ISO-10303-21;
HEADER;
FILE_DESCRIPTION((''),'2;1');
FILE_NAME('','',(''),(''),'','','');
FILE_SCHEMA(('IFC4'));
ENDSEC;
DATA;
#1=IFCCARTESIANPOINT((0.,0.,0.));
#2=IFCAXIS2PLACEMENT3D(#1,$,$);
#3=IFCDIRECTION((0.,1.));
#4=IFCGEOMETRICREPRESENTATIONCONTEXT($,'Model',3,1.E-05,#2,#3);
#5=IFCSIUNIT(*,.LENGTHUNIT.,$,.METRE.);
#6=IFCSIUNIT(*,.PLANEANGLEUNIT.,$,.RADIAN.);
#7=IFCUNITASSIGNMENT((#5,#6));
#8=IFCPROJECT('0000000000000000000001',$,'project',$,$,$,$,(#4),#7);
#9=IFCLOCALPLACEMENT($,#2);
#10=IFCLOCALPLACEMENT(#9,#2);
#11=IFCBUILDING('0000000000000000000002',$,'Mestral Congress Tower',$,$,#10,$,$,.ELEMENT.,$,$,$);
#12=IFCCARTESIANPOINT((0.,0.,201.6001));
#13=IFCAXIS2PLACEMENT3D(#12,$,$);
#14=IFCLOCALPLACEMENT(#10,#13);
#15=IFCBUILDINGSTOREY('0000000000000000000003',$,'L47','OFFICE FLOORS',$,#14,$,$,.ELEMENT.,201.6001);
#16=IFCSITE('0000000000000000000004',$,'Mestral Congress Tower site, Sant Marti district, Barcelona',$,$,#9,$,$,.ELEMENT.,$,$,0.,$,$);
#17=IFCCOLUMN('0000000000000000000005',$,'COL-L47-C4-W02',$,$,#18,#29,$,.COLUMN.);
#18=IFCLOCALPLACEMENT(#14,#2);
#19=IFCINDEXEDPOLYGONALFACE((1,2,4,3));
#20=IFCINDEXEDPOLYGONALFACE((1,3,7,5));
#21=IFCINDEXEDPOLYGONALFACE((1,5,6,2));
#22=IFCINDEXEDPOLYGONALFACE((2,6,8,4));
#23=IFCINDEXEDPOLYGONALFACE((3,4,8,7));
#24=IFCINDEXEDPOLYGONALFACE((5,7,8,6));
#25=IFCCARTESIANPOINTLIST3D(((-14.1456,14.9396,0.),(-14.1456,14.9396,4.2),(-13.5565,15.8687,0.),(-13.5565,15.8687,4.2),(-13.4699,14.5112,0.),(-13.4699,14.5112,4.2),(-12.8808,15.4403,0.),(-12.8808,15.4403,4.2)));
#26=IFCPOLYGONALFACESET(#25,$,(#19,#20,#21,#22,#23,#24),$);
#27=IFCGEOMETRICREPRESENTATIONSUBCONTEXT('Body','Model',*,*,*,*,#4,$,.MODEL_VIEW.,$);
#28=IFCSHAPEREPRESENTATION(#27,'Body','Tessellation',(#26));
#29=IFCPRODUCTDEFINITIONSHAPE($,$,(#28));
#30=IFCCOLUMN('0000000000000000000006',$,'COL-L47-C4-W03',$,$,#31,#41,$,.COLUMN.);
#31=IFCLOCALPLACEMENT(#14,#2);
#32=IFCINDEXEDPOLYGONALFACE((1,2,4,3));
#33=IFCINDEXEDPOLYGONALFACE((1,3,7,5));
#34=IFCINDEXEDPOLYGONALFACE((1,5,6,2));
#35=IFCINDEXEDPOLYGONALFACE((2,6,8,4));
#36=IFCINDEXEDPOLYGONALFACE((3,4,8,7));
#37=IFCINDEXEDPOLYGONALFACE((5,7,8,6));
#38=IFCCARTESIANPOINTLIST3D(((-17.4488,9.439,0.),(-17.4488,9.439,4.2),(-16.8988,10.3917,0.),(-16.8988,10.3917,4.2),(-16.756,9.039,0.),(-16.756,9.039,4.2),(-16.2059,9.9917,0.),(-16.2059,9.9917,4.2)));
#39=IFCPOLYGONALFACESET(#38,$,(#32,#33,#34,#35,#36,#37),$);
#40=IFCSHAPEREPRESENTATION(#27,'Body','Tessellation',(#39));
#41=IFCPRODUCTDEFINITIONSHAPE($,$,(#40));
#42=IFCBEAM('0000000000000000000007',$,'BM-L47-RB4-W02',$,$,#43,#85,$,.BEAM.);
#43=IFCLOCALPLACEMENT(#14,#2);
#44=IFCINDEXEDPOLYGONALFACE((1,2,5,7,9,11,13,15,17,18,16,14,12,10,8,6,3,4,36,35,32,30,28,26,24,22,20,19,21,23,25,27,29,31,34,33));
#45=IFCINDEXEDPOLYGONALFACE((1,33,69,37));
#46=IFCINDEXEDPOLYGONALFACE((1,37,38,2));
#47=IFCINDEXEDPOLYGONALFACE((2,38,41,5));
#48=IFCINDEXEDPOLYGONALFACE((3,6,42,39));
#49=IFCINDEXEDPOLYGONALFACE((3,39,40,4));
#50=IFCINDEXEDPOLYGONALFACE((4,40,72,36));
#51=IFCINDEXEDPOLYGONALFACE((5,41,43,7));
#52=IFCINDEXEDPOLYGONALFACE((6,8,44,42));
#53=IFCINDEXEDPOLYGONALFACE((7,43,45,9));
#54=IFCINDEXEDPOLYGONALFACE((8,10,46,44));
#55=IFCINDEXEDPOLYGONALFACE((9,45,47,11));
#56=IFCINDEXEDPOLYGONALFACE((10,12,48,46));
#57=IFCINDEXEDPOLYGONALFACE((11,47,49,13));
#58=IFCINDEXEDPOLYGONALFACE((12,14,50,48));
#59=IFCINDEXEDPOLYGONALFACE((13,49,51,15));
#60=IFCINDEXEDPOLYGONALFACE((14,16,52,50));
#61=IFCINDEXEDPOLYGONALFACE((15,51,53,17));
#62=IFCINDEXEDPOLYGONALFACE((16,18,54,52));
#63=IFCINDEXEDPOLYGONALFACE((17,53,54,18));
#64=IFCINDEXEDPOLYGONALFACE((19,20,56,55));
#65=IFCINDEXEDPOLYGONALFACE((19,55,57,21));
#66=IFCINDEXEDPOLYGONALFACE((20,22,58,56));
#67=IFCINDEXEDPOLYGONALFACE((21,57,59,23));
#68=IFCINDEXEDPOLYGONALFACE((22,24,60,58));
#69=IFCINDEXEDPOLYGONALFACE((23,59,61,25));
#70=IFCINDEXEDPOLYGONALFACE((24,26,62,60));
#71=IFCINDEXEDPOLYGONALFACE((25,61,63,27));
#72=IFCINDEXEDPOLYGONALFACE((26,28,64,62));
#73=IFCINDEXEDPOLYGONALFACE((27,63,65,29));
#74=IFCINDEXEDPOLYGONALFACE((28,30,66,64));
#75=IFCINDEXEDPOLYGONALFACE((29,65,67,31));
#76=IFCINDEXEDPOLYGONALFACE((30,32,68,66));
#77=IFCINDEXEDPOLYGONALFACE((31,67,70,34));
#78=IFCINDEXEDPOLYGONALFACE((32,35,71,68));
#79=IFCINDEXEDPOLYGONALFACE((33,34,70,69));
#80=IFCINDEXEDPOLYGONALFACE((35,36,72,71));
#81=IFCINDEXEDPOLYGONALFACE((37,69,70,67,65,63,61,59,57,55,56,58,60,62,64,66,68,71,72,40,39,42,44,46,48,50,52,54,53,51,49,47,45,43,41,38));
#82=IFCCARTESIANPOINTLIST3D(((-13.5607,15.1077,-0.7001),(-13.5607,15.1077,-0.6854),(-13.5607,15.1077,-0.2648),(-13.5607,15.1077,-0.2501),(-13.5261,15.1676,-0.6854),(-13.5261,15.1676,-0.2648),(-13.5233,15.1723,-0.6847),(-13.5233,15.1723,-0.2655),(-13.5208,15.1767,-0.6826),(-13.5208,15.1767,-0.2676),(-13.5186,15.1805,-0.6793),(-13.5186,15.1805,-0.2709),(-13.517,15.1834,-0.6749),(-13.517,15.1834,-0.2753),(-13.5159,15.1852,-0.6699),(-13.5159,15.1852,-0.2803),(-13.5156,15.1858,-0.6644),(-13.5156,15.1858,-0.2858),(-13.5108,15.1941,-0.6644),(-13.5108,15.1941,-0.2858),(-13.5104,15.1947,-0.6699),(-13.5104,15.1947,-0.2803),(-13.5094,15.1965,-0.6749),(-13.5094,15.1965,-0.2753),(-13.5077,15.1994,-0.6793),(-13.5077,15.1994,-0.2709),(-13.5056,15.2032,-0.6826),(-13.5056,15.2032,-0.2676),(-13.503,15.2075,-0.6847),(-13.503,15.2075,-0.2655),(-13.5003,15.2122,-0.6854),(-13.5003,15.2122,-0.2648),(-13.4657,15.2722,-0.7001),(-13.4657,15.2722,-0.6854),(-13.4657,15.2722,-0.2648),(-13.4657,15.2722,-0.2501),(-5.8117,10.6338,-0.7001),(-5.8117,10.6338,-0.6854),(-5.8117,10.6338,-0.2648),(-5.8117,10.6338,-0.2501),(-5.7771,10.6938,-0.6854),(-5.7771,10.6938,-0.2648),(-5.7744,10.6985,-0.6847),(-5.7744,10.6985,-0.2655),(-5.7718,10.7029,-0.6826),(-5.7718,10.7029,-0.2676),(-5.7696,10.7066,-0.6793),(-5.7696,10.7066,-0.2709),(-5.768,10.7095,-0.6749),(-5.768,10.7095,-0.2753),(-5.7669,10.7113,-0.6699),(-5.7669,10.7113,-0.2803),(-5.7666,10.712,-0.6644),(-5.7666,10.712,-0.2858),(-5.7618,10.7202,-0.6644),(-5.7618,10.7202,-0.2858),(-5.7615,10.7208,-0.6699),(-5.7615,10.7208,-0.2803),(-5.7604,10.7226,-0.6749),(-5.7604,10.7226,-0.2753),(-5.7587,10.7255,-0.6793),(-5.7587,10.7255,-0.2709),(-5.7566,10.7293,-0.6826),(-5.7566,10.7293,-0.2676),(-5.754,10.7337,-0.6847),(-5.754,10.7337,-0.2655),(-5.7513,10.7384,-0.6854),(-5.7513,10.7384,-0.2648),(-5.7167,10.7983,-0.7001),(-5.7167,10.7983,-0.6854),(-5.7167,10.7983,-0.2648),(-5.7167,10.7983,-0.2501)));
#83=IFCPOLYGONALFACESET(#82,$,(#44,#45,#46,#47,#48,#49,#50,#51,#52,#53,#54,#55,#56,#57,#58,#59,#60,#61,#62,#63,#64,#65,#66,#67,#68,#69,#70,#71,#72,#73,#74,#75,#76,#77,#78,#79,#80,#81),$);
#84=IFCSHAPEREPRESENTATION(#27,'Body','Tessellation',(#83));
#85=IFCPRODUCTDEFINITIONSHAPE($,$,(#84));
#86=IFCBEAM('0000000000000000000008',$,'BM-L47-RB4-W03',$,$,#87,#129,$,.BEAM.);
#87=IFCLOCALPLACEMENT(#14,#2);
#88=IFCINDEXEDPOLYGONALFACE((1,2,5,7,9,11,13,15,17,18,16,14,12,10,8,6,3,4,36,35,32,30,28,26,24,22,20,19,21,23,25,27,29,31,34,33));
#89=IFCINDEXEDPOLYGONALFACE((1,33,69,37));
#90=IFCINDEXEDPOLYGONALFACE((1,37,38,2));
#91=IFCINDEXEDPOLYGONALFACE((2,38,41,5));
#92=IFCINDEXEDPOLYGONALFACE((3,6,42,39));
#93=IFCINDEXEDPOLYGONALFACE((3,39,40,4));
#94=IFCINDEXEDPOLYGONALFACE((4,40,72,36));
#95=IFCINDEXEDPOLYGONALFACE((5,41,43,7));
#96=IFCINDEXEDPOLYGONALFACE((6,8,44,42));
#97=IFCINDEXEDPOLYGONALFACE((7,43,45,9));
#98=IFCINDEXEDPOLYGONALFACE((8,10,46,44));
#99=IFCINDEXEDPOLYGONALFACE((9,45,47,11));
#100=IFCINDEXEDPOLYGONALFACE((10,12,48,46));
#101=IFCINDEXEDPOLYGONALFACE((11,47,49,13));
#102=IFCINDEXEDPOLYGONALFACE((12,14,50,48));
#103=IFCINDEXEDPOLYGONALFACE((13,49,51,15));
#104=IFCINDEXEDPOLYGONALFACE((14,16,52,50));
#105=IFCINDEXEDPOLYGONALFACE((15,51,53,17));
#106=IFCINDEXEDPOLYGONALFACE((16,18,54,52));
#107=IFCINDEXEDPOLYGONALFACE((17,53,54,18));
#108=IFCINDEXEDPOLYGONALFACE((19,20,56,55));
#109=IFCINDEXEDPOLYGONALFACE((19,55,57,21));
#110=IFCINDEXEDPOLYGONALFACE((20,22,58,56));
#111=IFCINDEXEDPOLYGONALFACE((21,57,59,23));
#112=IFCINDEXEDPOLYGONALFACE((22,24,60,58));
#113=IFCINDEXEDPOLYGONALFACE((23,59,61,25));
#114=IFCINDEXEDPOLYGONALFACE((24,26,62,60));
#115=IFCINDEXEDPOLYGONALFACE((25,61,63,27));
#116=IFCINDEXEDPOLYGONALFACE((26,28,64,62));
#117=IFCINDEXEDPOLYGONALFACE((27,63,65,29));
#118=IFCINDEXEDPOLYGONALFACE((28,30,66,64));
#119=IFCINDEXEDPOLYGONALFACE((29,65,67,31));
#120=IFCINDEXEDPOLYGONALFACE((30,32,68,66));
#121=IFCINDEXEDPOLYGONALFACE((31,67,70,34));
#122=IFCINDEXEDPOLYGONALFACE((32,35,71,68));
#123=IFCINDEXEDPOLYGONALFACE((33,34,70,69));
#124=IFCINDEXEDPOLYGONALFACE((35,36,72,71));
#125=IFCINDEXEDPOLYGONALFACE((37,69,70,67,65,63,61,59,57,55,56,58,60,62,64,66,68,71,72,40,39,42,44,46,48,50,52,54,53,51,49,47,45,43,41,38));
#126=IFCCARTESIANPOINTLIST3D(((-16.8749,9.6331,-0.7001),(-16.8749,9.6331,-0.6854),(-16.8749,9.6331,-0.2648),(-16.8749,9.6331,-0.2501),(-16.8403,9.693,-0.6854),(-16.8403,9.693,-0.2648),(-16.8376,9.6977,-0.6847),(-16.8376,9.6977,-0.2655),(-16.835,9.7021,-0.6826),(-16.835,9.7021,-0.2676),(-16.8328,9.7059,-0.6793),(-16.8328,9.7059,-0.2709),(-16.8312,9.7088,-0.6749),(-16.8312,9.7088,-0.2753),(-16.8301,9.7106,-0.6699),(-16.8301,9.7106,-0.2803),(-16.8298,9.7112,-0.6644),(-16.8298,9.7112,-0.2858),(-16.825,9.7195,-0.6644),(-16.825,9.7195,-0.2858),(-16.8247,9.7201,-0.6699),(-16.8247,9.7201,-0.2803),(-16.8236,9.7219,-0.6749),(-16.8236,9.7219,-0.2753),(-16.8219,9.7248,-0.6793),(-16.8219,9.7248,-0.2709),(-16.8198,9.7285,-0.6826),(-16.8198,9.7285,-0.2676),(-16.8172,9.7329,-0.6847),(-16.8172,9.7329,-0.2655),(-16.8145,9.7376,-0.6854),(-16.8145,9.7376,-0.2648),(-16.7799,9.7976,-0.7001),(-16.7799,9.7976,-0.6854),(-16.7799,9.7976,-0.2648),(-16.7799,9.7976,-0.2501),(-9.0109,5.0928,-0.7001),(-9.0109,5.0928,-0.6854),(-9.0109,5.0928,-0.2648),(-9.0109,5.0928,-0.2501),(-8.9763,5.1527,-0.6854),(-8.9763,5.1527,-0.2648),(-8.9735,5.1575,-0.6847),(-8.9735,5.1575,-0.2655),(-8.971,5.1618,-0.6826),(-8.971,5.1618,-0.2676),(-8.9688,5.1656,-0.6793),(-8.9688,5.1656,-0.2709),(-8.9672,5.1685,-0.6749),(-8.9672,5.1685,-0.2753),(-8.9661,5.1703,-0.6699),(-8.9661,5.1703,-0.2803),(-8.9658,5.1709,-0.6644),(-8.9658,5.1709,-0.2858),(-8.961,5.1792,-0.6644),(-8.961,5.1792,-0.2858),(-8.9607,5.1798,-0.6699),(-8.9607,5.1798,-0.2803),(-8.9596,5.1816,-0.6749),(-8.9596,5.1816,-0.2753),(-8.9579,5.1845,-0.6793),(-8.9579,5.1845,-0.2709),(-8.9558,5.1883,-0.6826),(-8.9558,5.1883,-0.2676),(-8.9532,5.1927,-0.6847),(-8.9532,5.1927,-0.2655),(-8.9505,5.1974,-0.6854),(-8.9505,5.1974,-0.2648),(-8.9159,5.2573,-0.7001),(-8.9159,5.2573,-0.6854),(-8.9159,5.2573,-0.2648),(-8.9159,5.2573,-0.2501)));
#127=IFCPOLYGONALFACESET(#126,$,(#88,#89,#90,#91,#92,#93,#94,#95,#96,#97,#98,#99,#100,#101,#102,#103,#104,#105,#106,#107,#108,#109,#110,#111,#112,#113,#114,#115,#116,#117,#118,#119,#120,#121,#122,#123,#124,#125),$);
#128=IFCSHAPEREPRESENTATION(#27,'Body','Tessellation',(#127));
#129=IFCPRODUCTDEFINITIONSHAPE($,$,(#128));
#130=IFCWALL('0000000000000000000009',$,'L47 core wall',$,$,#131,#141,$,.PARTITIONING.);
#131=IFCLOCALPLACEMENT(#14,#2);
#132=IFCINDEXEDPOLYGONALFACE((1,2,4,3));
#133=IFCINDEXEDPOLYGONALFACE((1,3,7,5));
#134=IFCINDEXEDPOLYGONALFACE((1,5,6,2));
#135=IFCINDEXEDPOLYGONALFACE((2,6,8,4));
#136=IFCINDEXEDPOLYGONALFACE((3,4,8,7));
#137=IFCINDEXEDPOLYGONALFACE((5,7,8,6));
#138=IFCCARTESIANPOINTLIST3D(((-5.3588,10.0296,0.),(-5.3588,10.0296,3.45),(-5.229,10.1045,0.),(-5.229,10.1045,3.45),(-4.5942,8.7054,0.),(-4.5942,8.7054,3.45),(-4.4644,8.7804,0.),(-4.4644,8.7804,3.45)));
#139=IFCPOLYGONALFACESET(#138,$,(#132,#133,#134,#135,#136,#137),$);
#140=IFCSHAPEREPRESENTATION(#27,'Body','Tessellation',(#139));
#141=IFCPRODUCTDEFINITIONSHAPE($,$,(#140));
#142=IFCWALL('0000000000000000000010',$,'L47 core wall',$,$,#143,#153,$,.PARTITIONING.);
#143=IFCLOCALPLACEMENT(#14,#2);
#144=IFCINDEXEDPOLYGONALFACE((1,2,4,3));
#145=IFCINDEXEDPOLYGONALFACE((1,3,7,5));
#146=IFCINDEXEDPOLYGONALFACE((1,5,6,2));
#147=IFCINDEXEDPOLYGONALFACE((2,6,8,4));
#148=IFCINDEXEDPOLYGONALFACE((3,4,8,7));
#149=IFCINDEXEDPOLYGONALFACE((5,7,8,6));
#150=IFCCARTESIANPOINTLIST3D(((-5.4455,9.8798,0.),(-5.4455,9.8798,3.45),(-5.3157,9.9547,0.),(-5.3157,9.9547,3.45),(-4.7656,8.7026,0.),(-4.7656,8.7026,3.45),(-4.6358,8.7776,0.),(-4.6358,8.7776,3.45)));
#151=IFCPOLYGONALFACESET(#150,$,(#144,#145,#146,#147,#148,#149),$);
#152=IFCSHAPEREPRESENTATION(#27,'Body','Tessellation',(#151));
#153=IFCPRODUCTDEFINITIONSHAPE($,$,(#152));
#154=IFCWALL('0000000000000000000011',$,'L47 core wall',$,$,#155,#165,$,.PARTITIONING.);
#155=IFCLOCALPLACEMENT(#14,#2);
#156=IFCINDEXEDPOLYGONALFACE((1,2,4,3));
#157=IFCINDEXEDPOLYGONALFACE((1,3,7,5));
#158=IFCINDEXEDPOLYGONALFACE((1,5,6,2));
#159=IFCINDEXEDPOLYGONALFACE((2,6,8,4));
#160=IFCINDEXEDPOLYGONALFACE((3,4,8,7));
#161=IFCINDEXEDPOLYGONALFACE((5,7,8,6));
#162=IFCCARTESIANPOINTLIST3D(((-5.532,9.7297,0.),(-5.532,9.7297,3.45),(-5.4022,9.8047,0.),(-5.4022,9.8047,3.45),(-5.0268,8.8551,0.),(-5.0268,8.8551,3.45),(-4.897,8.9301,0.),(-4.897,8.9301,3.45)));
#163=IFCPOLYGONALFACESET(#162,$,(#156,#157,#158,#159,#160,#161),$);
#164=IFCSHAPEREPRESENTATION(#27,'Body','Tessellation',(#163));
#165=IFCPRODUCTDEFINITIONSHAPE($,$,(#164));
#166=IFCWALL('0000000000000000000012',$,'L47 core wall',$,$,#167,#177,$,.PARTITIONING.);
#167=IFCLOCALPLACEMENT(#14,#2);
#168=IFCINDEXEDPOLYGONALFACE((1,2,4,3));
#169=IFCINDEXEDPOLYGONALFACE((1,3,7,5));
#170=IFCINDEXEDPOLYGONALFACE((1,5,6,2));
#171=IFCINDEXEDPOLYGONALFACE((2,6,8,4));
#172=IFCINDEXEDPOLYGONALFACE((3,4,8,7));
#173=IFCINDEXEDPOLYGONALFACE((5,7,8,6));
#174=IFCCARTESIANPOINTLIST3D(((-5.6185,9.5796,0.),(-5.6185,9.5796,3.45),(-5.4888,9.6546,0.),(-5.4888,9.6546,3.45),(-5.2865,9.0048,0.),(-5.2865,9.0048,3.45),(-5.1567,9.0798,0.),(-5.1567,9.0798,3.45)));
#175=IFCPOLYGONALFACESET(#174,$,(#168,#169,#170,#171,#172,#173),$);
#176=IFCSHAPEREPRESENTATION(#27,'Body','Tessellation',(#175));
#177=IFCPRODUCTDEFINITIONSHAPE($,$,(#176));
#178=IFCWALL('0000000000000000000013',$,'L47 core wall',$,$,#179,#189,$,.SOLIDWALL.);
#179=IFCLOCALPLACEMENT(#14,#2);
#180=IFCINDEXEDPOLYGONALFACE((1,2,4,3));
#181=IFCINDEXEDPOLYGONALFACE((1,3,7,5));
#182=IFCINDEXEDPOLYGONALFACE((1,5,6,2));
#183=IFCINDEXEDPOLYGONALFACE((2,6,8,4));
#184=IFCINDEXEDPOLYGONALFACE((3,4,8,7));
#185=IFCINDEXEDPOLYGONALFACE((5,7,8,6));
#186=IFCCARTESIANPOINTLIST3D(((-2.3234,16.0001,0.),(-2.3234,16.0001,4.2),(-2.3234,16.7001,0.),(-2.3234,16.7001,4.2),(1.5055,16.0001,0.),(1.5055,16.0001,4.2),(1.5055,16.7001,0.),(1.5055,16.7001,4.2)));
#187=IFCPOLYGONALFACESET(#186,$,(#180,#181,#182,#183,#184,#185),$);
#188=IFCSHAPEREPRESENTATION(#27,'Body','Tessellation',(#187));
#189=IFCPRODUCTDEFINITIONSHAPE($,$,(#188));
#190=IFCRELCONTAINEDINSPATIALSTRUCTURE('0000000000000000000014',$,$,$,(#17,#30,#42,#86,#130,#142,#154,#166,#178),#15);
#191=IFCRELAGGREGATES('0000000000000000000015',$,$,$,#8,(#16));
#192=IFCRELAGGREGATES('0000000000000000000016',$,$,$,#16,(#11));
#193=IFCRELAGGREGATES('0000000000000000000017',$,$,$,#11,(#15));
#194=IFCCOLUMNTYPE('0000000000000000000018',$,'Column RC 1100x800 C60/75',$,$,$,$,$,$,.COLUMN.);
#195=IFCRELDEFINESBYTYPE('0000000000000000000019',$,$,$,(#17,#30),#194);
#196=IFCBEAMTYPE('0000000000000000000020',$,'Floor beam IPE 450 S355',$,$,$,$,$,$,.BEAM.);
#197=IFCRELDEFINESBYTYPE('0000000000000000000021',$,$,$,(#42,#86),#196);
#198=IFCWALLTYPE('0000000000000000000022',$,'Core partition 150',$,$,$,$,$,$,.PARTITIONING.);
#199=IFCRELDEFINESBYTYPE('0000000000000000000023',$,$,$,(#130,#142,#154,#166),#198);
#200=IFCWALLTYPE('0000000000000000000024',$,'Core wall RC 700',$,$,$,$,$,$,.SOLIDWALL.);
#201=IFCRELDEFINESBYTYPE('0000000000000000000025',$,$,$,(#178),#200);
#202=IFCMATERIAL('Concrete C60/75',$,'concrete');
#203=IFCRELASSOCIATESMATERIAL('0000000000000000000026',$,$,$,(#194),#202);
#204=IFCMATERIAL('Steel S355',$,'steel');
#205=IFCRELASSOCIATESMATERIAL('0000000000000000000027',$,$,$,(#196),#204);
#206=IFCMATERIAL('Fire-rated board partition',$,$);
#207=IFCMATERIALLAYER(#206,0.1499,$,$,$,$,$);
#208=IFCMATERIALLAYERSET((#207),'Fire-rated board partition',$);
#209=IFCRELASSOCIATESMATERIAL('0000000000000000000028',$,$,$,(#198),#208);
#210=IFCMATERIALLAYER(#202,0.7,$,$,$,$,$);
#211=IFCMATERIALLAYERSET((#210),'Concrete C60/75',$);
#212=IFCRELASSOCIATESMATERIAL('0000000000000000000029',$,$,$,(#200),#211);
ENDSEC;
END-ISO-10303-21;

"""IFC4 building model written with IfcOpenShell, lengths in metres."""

from ifc_helpers import new_model, si_unit, direction, frame, frame_2d, origin, origin_2d, place, context, subcontext, project, spatial, rectangle, i_section, extrude, material, layer, layer_set, material_profile, profile_set, type_object, element, save


model = new_model("IFC4")

# Units and contexts
model_context = context("Model", 3, precision=1e-05, world=origin(), true_north=direction((0.0, 1.0)))
body_context = subcontext(model_context, "Body", "Model", "MODEL_VIEW")
ifc_project = project(units=[si_unit("LENGTHUNIT", "METRE"), si_unit("PLANEANGLEUNIT", "RADIAN")], contexts=[model_context])

# Site, building, storey
site_placement = place(None, origin())
site = spatial("IfcSite", under=ifc_project, at=site_placement, Name="Mestral Congress Tower site, Sant Marti district, Barcelona", CompositionType="ELEMENT", RefElevation=0.0)
building_placement = place(site_placement, origin())
building = spatial("IfcBuilding", under=site, at=building_placement, Name="Mestral Congress Tower", CompositionType="ELEMENT")
storey_placement = place(building_placement, frame((0.0, 0.0, 201.6001)))
storey = spatial("IfcBuildingStorey", under=building, at=storey_placement, Name="L47", Description="OFFICE FLOORS", CompositionType="ELEMENT", Elevation=201.6001)

# Columns
ifc_material_1 = material(Name="Concrete C60/75", Category="concrete")
ifc_material_profile_1 = material_profile(ifc_material_1, rectangle(XDim=1.1001, YDim=0.8, at=origin_2d()), Name="RC 1100x800")
ifc_profile_set_1 = profile_set([ifc_material_profile_1], Name="Concrete C60/75")
column_type = type_object("IfcColumnType", Name="Column RC 1100x800 C60/75", PredefinedType="COLUMN", material=ifc_profile_set_1)
for number, where, z_axis, x_axis, name in (
    (1, (-13.5132, 15.1899, 0.0), (0.0, 0.0, 1.0), (-0.535503, -0.844534, 0.0), "COL-L47-C4-W02"),
    (2, (-16.8274, 9.7153, 0.0), (0.0, 0.0, 1.0), (-0.5, -0.866025, 0.0), "COL-L47-C4-W03"),
):
    element("IfcColumn", number, at=place(storey_placement, frame(where, z_axis=z_axis, x_axis=x_axis)), inside=storey, type_object=column_type, Name=name, PredefinedType="COLUMN", context=body_context, shape_type="SweptSolid", body=[
        extrude(rectangle(XDim=1.1001, YDim=0.8, at=origin_2d()), origin(), (0.0, 0.0, 1.0), 4.2),
    ])

# Beams
ifc_material_2 = material(Name="Steel S355", Category="steel")
ifc_material_profile_2 = material_profile(ifc_material_2, i_section(OverallWidth=0.1899, OverallDepth=0.45, WebThickness=0.0095, FlangeThickness=0.0146, FilletRadius=0.021, at=origin_2d()), Name="IPE 450")
ifc_profile_set_2 = profile_set([ifc_material_profile_2], Name="Steel S355")
beam_type = type_object("IfcBeamType", Name="Floor beam IPE 450 S355", PredefinedType="BEAM", material=ifc_profile_set_2)
beam_1_placement = place(storey_placement, frame((-13.5132, 15.1899, -0.4751), z_axis=(0.866027, -0.499998, 0.0), x_axis=(0.499998, 0.866027, 0.0)))
element("IfcBeam", 3, at=beam_1_placement, inside=storey, type_object=beam_type, Name="BM-L47-RB4-W02", PredefinedType="BEAM", context=body_context, shape_type="SweptSolid", body=[
    extrude(i_section(OverallWidth=0.1899, OverallDepth=0.45, WebThickness=0.0095, FlangeThickness=0.0146, FilletRadius=0.021, at=origin_2d()), origin(), (0.0, 0.0, 1.0), 8.9478),
])
beam_2_placement = place(storey_placement, frame((-16.8274, 9.7153, -0.4751), z_axis=(0.866026, -0.499999, 0.0), x_axis=(0.499999, 0.866026, 0.0)))
element("IfcBeam", 4, at=beam_2_placement, inside=storey, type_object=beam_type, Name="BM-L47-RB4-W03", PredefinedType="BEAM", context=body_context, shape_type="SweptSolid", body=[
    extrude(i_section(OverallWidth=0.1899, OverallDepth=0.45, WebThickness=0.0095, FlangeThickness=0.0146, FilletRadius=0.021, at=origin_2d()), origin(), (0.0, 0.0, 1.0), 9.0806),
])

# Walls
ifc_material_3 = material(Name="Fire-rated board partition")
ifc_layer_1 = layer(ifc_material_3, 0.1499)
ifc_layer_set_1 = layer_set([ifc_layer_1], Name="Fire-rated board partition")
wall_type_1 = type_object("IfcWallType", Name="Core partition 150", PredefinedType="PARTITIONING", material=ifc_layer_set_1)
wall_1_placement = place(storey_placement, frame((-5.2939, 10.0671, 0.0), z_axis=(0.0, 0.0, 1.0), x_axis=(0.500054, -0.865994, 0.0)))
element("IfcWall", 5, at=wall_1_placement, inside=storey, type_object=wall_type_1, Name="L47 core wall", PredefinedType="PARTITIONING", context=body_context, shape_type="SweptSolid", body=[
    extrude(rectangle(XDim=1.5291, YDim=0.1499, at=frame_2d((0.7646, 0.0))), origin(), (0.0, 0.0, 1.0), 3.45),
])
wall_2_placement = place(storey_placement, frame((-5.3806, 9.9172, 0.0), z_axis=(0.0, 0.0, 1.0), x_axis=(0.500137, -0.865946, 0.0)))
element("IfcWall", 6, at=wall_2_placement, inside=storey, type_object=wall_type_1, Name="L47 core wall", PredefinedType="PARTITIONING", context=body_context, shape_type="SweptSolid", body=[
    extrude(rectangle(XDim=1.3594, YDim=0.1499, at=frame_2d((0.6797, 0.0))), origin(), (0.0, 0.0, 1.0), 3.45),
])
wall_3_placement = place(storey_placement, frame((-5.467, 9.7671, 0.0), z_axis=(0.0, 0.0, 1.0), x_axis=(0.500169, -0.865928, 0.0)))
element("IfcWall", 7, at=wall_3_placement, inside=storey, type_object=wall_type_1, Name="L47 core wall", PredefinedType="PARTITIONING", context=body_context, shape_type="SweptSolid", body=[
    extrude(rectangle(XDim=1.01, YDim=0.1499, at=frame_2d((0.5049, 0.0))), origin(), (0.0, 0.0, 1.0), 3.45),
])
wall_4_placement = place(storey_placement, frame((-5.5537, 9.6172, 0.0), z_axis=(0.0, 0.0, 1.0), x_axis=(0.500253, -0.865879, 0.0)))
element("IfcWall", 8, at=wall_4_placement, inside=storey, type_object=wall_type_1, Name="L47 core wall", PredefinedType="PARTITIONING", context=body_context, shape_type="SweptSolid", body=[
    extrude(rectangle(XDim=0.6638, YDim=0.1499, at=frame_2d((0.332, 0.0))), origin(), (0.0, 0.0, 1.0), 3.45),
])
ifc_layer_2 = layer(ifc_material_1, 0.7)
ifc_layer_set_2 = layer_set([ifc_layer_2], Name="Concrete C60/75")
wall_type_2 = type_object("IfcWallType", Name="Core wall RC 700", PredefinedType="SOLIDWALL", material=ifc_layer_set_2)
wall_5_placement = place(storey_placement, frame((-2.3235, 16.3501, 0.0), z_axis=(0.0, 0.0, 1.0), x_axis=(1.0, 0.0, 0.0)))
element("IfcWall", 9, at=wall_5_placement, inside=storey, type_object=wall_type_2, Name="L47 core wall", PredefinedType="SOLIDWALL", context=body_context, shape_type="SweptSolid", body=[
    extrude(rectangle(XDim=3.8289, YDim=0.7, at=frame_2d((1.9146, 0.0))), origin(), (0.0, 0.0, 1.0), 4.2),
])

save(model, "model.ifc")
